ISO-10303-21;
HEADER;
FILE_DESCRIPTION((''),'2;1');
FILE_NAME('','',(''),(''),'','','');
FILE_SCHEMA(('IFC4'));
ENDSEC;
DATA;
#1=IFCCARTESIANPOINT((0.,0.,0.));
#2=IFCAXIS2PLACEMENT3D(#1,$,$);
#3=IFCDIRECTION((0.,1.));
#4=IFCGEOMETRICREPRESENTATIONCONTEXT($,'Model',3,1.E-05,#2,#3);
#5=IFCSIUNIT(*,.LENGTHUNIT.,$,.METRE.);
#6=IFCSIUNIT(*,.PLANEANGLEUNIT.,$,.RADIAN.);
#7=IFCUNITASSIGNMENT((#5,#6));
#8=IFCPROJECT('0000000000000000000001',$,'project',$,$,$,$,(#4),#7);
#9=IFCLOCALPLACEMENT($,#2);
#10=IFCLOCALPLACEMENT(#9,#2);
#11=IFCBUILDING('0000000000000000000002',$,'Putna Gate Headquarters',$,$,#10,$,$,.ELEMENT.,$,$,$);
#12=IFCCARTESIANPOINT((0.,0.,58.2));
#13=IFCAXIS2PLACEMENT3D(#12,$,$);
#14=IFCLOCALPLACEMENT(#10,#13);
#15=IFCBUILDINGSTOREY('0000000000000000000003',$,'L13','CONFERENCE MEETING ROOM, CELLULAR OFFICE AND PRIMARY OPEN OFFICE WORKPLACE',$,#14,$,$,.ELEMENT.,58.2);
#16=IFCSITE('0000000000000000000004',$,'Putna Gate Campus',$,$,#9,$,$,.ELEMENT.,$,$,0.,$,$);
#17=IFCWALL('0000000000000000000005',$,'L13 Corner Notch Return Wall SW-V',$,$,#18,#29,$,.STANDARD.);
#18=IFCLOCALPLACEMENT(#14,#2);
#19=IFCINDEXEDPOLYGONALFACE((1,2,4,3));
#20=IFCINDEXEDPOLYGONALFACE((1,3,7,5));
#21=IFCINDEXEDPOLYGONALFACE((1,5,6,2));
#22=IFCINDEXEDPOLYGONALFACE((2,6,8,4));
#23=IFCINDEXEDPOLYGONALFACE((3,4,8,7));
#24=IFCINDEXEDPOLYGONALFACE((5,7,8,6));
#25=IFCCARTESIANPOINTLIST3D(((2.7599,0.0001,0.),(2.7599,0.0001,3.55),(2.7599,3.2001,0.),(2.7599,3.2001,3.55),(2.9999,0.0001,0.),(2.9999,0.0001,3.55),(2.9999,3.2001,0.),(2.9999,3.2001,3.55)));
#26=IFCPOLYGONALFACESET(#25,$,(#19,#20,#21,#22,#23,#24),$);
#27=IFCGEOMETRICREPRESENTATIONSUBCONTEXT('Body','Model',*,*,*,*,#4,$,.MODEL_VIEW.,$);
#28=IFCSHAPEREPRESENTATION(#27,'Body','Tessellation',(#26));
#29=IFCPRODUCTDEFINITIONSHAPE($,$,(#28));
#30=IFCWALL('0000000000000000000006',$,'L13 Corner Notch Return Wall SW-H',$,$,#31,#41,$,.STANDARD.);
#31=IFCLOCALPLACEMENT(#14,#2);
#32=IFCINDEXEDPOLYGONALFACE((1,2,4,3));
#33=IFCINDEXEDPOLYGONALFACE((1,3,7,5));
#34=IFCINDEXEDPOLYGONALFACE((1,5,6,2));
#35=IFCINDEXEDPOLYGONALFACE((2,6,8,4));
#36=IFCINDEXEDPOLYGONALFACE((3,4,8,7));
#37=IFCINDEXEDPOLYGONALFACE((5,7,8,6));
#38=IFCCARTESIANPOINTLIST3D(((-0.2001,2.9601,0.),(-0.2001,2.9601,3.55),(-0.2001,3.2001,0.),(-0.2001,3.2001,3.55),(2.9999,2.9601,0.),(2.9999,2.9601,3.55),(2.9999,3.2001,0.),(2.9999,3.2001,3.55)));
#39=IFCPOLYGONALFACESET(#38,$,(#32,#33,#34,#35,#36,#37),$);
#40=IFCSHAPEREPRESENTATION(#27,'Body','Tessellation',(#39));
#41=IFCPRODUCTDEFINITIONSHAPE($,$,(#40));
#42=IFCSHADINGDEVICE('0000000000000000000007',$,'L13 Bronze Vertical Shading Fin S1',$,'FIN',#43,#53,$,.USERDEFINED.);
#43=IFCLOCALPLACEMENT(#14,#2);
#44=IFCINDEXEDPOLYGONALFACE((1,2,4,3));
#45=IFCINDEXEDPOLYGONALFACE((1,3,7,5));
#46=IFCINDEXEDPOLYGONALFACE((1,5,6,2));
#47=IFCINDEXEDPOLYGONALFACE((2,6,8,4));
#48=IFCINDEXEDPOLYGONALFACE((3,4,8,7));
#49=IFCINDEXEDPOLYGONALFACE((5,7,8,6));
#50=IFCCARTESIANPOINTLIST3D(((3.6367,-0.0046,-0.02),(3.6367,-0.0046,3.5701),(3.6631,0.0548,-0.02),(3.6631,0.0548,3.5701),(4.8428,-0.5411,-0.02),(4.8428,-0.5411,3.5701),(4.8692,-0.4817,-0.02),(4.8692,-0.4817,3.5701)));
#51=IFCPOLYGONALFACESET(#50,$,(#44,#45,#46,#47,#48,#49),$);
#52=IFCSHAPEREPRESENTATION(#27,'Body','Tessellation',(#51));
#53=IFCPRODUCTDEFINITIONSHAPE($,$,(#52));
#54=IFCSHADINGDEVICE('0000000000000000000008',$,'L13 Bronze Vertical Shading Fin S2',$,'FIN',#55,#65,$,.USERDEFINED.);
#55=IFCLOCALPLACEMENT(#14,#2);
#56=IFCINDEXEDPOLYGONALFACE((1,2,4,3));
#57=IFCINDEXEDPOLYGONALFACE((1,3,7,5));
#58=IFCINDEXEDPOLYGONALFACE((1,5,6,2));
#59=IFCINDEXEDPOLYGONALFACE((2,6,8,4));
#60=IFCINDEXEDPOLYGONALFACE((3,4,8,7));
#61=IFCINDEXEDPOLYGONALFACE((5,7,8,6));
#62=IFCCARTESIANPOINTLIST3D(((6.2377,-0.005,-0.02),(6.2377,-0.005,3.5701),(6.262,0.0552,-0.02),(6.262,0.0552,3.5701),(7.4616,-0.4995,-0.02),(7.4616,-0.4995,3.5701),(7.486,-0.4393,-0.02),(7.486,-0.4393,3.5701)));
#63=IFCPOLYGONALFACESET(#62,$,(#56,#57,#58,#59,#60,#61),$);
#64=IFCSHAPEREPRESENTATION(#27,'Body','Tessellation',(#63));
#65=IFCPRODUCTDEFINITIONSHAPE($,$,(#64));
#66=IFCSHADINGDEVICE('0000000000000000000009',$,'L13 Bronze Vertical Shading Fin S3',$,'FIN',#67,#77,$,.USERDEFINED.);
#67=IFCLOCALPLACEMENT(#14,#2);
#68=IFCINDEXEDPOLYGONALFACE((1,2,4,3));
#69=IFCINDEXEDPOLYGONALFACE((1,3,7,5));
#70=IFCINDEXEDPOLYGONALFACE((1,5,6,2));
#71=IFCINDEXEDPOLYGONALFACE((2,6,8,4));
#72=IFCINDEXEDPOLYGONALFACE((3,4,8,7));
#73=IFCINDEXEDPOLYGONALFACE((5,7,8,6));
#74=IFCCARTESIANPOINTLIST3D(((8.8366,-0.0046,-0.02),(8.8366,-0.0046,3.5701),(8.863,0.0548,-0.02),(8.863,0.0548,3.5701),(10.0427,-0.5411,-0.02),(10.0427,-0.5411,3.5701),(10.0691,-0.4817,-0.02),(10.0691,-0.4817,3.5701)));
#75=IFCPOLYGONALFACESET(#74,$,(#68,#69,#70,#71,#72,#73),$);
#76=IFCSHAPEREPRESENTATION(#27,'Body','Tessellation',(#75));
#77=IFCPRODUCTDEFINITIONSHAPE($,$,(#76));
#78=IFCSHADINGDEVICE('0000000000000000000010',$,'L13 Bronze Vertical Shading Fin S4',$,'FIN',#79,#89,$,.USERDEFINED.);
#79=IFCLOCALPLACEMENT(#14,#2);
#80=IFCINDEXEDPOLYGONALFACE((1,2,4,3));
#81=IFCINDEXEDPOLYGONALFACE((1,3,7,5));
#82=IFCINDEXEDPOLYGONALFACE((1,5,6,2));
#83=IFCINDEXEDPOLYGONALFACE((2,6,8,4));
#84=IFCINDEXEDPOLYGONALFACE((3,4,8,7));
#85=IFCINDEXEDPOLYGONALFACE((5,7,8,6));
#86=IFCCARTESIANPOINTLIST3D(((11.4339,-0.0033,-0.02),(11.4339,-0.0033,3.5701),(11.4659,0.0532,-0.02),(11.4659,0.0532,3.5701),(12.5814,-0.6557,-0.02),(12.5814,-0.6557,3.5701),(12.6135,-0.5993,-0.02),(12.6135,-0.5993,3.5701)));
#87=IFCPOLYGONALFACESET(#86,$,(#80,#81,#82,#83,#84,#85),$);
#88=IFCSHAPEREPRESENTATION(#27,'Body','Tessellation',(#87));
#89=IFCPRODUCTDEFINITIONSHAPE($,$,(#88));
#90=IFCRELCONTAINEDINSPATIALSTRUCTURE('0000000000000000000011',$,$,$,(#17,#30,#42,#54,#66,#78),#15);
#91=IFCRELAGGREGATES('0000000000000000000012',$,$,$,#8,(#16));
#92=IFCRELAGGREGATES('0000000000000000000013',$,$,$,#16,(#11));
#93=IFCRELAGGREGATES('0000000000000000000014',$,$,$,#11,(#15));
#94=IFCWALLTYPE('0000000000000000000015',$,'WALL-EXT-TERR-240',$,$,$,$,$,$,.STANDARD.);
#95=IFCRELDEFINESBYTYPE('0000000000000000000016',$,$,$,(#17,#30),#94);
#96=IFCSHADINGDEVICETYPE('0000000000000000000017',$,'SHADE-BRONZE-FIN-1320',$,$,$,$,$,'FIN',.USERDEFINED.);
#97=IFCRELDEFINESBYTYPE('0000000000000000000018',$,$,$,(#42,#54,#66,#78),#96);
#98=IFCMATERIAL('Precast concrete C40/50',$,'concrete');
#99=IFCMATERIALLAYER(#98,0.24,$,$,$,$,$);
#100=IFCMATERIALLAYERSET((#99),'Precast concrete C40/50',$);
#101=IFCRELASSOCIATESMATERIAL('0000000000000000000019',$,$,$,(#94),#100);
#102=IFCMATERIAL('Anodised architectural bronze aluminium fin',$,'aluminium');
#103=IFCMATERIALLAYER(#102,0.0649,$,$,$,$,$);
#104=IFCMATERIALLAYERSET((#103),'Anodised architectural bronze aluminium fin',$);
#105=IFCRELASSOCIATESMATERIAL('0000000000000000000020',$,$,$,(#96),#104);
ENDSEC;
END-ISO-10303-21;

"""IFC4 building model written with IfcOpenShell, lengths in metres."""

from ifc_helpers import new_model, si_unit, direction, frame, frame_2d, origin, origin_2d, place, context, subcontext, project, spatial, rectangle, extrude, material, layer, layer_set, type_object, element, save


model = new_model("IFC4")

# Units and contexts
model_context = context("Model", 3, precision=1e-05, world=origin(), true_north=direction((0.0, 1.0)))
body_context = subcontext(model_context, "Body", "Model", "MODEL_VIEW")
ifc_project = project(units=[si_unit("LENGTHUNIT", "METRE"), si_unit("PLANEANGLEUNIT", "RADIAN")], contexts=[model_context])

# Site, building, storey
site_placement = place(None, origin())
site = spatial("IfcSite", under=ifc_project, at=site_placement, Name="Putna Gate Campus", CompositionType="ELEMENT", RefElevation=0.0)
building_placement = place(site_placement, origin())
building = spatial("IfcBuilding", under=site, at=building_placement, Name="Putna Gate Headquarters", CompositionType="ELEMENT")
storey_placement = place(building_placement, frame((0.0, 0.0, 58.2)))
storey = spatial("IfcBuildingStorey", under=building, at=storey_placement, Name="L13", Description="CONFERENCE MEETING ROOM, CELLULAR OFFICE AND PRIMARY OPEN OFFICE WORKPLACE", CompositionType="ELEMENT", Elevation=58.2)

# Walls
ifc_material_1 = material(Name="Precast concrete C40/50", Category="concrete")
ifc_layer_1 = layer(ifc_material_1, 0.24)
ifc_layer_set_1 = layer_set([ifc_layer_1], Name="Precast concrete C40/50")
wall_type = type_object("IfcWallType", Name="WALL-EXT-TERR-240", PredefinedType="STANDARD", material=ifc_layer_set_1)
for number, where, z_axis, x_axis, name in (
    (1, (2.8799, 0.0, 0.0), (0.0, 0.0, 1.0), (0.0, 1.0, 0.0), "L13 Corner Notch Return Wall SW-V"),
    (2, (3.0, 3.0801, 0.0), (0.0, 0.0, 1.0), (-1.0, 0.0, 0.0), "L13 Corner Notch Return Wall SW-H"),
):
    element("IfcWall", number, at=place(storey_placement, frame(where, z_axis=z_axis, x_axis=x_axis)), inside=storey, type_object=wall_type, Name=name, PredefinedType="STANDARD", context=body_context, shape_type="SweptSolid", body=[
        extrude(rectangle(XDim=3.2, YDim=0.24, at=frame_2d((1.6001, 0.0))), origin(), (0.0, 0.0, 1.0), 3.55),
    ])

# Shading devices
ifc_material_2 = material(Name="Anodised architectural bronze aluminium fin", Category="aluminium")
ifc_layer_2 = layer(ifc_material_2, 0.0649)
ifc_layer_set_2 = layer_set([ifc_layer_2], Name="Anodised architectural bronze aluminium fin")
shading_device_type = type_object("IfcShadingDeviceType", Name="SHADE-BRONZE-FIN-1320", ElementType="FIN", PredefinedType="USERDEFINED", material=ifc_layer_set_2)
for number, where, z_axis, x_axis, name in (
    (3, (4.2529, -0.2432, -0.02), (0.0, 0.0, 1.0), (0.913687, -0.406418, 0.0), "L13 Bronze Vertical Shading Fin S1"),
    (4, (6.8618, -0.2222, -0.02), (0.0, 0.0, 1.0), (0.927184, -0.374607, 0.0), "L13 Bronze Vertical Shading Fin S2"),
    (5, (9.4529, -0.2432, -0.02), (0.0, 0.0, 1.0), (0.913687, -0.406418, 0.0), "L13 Bronze Vertical Shading Fin S3"),
    (6, (12.0237, -0.3013, -0.02), (0.0, 0.0, 1.0), (0.869322, -0.494245, 0.0), "L13 Bronze Vertical Shading Fin S4"),
):
    element("IfcShadingDevice", number, at=place(storey_placement, frame(where, z_axis=z_axis, x_axis=x_axis)), inside=storey, type_object=shading_device_type, Name=name, ObjectType="FIN", PredefinedType="USERDEFINED", context=body_context, shape_type="SweptSolid", body=[
        extrude(rectangle(XDim=1.3201, YDim=0.0649, at=origin_2d()), origin(), (0.0, 0.0, 1.0), 3.5901),
    ])

save(model, "model.ifc")
